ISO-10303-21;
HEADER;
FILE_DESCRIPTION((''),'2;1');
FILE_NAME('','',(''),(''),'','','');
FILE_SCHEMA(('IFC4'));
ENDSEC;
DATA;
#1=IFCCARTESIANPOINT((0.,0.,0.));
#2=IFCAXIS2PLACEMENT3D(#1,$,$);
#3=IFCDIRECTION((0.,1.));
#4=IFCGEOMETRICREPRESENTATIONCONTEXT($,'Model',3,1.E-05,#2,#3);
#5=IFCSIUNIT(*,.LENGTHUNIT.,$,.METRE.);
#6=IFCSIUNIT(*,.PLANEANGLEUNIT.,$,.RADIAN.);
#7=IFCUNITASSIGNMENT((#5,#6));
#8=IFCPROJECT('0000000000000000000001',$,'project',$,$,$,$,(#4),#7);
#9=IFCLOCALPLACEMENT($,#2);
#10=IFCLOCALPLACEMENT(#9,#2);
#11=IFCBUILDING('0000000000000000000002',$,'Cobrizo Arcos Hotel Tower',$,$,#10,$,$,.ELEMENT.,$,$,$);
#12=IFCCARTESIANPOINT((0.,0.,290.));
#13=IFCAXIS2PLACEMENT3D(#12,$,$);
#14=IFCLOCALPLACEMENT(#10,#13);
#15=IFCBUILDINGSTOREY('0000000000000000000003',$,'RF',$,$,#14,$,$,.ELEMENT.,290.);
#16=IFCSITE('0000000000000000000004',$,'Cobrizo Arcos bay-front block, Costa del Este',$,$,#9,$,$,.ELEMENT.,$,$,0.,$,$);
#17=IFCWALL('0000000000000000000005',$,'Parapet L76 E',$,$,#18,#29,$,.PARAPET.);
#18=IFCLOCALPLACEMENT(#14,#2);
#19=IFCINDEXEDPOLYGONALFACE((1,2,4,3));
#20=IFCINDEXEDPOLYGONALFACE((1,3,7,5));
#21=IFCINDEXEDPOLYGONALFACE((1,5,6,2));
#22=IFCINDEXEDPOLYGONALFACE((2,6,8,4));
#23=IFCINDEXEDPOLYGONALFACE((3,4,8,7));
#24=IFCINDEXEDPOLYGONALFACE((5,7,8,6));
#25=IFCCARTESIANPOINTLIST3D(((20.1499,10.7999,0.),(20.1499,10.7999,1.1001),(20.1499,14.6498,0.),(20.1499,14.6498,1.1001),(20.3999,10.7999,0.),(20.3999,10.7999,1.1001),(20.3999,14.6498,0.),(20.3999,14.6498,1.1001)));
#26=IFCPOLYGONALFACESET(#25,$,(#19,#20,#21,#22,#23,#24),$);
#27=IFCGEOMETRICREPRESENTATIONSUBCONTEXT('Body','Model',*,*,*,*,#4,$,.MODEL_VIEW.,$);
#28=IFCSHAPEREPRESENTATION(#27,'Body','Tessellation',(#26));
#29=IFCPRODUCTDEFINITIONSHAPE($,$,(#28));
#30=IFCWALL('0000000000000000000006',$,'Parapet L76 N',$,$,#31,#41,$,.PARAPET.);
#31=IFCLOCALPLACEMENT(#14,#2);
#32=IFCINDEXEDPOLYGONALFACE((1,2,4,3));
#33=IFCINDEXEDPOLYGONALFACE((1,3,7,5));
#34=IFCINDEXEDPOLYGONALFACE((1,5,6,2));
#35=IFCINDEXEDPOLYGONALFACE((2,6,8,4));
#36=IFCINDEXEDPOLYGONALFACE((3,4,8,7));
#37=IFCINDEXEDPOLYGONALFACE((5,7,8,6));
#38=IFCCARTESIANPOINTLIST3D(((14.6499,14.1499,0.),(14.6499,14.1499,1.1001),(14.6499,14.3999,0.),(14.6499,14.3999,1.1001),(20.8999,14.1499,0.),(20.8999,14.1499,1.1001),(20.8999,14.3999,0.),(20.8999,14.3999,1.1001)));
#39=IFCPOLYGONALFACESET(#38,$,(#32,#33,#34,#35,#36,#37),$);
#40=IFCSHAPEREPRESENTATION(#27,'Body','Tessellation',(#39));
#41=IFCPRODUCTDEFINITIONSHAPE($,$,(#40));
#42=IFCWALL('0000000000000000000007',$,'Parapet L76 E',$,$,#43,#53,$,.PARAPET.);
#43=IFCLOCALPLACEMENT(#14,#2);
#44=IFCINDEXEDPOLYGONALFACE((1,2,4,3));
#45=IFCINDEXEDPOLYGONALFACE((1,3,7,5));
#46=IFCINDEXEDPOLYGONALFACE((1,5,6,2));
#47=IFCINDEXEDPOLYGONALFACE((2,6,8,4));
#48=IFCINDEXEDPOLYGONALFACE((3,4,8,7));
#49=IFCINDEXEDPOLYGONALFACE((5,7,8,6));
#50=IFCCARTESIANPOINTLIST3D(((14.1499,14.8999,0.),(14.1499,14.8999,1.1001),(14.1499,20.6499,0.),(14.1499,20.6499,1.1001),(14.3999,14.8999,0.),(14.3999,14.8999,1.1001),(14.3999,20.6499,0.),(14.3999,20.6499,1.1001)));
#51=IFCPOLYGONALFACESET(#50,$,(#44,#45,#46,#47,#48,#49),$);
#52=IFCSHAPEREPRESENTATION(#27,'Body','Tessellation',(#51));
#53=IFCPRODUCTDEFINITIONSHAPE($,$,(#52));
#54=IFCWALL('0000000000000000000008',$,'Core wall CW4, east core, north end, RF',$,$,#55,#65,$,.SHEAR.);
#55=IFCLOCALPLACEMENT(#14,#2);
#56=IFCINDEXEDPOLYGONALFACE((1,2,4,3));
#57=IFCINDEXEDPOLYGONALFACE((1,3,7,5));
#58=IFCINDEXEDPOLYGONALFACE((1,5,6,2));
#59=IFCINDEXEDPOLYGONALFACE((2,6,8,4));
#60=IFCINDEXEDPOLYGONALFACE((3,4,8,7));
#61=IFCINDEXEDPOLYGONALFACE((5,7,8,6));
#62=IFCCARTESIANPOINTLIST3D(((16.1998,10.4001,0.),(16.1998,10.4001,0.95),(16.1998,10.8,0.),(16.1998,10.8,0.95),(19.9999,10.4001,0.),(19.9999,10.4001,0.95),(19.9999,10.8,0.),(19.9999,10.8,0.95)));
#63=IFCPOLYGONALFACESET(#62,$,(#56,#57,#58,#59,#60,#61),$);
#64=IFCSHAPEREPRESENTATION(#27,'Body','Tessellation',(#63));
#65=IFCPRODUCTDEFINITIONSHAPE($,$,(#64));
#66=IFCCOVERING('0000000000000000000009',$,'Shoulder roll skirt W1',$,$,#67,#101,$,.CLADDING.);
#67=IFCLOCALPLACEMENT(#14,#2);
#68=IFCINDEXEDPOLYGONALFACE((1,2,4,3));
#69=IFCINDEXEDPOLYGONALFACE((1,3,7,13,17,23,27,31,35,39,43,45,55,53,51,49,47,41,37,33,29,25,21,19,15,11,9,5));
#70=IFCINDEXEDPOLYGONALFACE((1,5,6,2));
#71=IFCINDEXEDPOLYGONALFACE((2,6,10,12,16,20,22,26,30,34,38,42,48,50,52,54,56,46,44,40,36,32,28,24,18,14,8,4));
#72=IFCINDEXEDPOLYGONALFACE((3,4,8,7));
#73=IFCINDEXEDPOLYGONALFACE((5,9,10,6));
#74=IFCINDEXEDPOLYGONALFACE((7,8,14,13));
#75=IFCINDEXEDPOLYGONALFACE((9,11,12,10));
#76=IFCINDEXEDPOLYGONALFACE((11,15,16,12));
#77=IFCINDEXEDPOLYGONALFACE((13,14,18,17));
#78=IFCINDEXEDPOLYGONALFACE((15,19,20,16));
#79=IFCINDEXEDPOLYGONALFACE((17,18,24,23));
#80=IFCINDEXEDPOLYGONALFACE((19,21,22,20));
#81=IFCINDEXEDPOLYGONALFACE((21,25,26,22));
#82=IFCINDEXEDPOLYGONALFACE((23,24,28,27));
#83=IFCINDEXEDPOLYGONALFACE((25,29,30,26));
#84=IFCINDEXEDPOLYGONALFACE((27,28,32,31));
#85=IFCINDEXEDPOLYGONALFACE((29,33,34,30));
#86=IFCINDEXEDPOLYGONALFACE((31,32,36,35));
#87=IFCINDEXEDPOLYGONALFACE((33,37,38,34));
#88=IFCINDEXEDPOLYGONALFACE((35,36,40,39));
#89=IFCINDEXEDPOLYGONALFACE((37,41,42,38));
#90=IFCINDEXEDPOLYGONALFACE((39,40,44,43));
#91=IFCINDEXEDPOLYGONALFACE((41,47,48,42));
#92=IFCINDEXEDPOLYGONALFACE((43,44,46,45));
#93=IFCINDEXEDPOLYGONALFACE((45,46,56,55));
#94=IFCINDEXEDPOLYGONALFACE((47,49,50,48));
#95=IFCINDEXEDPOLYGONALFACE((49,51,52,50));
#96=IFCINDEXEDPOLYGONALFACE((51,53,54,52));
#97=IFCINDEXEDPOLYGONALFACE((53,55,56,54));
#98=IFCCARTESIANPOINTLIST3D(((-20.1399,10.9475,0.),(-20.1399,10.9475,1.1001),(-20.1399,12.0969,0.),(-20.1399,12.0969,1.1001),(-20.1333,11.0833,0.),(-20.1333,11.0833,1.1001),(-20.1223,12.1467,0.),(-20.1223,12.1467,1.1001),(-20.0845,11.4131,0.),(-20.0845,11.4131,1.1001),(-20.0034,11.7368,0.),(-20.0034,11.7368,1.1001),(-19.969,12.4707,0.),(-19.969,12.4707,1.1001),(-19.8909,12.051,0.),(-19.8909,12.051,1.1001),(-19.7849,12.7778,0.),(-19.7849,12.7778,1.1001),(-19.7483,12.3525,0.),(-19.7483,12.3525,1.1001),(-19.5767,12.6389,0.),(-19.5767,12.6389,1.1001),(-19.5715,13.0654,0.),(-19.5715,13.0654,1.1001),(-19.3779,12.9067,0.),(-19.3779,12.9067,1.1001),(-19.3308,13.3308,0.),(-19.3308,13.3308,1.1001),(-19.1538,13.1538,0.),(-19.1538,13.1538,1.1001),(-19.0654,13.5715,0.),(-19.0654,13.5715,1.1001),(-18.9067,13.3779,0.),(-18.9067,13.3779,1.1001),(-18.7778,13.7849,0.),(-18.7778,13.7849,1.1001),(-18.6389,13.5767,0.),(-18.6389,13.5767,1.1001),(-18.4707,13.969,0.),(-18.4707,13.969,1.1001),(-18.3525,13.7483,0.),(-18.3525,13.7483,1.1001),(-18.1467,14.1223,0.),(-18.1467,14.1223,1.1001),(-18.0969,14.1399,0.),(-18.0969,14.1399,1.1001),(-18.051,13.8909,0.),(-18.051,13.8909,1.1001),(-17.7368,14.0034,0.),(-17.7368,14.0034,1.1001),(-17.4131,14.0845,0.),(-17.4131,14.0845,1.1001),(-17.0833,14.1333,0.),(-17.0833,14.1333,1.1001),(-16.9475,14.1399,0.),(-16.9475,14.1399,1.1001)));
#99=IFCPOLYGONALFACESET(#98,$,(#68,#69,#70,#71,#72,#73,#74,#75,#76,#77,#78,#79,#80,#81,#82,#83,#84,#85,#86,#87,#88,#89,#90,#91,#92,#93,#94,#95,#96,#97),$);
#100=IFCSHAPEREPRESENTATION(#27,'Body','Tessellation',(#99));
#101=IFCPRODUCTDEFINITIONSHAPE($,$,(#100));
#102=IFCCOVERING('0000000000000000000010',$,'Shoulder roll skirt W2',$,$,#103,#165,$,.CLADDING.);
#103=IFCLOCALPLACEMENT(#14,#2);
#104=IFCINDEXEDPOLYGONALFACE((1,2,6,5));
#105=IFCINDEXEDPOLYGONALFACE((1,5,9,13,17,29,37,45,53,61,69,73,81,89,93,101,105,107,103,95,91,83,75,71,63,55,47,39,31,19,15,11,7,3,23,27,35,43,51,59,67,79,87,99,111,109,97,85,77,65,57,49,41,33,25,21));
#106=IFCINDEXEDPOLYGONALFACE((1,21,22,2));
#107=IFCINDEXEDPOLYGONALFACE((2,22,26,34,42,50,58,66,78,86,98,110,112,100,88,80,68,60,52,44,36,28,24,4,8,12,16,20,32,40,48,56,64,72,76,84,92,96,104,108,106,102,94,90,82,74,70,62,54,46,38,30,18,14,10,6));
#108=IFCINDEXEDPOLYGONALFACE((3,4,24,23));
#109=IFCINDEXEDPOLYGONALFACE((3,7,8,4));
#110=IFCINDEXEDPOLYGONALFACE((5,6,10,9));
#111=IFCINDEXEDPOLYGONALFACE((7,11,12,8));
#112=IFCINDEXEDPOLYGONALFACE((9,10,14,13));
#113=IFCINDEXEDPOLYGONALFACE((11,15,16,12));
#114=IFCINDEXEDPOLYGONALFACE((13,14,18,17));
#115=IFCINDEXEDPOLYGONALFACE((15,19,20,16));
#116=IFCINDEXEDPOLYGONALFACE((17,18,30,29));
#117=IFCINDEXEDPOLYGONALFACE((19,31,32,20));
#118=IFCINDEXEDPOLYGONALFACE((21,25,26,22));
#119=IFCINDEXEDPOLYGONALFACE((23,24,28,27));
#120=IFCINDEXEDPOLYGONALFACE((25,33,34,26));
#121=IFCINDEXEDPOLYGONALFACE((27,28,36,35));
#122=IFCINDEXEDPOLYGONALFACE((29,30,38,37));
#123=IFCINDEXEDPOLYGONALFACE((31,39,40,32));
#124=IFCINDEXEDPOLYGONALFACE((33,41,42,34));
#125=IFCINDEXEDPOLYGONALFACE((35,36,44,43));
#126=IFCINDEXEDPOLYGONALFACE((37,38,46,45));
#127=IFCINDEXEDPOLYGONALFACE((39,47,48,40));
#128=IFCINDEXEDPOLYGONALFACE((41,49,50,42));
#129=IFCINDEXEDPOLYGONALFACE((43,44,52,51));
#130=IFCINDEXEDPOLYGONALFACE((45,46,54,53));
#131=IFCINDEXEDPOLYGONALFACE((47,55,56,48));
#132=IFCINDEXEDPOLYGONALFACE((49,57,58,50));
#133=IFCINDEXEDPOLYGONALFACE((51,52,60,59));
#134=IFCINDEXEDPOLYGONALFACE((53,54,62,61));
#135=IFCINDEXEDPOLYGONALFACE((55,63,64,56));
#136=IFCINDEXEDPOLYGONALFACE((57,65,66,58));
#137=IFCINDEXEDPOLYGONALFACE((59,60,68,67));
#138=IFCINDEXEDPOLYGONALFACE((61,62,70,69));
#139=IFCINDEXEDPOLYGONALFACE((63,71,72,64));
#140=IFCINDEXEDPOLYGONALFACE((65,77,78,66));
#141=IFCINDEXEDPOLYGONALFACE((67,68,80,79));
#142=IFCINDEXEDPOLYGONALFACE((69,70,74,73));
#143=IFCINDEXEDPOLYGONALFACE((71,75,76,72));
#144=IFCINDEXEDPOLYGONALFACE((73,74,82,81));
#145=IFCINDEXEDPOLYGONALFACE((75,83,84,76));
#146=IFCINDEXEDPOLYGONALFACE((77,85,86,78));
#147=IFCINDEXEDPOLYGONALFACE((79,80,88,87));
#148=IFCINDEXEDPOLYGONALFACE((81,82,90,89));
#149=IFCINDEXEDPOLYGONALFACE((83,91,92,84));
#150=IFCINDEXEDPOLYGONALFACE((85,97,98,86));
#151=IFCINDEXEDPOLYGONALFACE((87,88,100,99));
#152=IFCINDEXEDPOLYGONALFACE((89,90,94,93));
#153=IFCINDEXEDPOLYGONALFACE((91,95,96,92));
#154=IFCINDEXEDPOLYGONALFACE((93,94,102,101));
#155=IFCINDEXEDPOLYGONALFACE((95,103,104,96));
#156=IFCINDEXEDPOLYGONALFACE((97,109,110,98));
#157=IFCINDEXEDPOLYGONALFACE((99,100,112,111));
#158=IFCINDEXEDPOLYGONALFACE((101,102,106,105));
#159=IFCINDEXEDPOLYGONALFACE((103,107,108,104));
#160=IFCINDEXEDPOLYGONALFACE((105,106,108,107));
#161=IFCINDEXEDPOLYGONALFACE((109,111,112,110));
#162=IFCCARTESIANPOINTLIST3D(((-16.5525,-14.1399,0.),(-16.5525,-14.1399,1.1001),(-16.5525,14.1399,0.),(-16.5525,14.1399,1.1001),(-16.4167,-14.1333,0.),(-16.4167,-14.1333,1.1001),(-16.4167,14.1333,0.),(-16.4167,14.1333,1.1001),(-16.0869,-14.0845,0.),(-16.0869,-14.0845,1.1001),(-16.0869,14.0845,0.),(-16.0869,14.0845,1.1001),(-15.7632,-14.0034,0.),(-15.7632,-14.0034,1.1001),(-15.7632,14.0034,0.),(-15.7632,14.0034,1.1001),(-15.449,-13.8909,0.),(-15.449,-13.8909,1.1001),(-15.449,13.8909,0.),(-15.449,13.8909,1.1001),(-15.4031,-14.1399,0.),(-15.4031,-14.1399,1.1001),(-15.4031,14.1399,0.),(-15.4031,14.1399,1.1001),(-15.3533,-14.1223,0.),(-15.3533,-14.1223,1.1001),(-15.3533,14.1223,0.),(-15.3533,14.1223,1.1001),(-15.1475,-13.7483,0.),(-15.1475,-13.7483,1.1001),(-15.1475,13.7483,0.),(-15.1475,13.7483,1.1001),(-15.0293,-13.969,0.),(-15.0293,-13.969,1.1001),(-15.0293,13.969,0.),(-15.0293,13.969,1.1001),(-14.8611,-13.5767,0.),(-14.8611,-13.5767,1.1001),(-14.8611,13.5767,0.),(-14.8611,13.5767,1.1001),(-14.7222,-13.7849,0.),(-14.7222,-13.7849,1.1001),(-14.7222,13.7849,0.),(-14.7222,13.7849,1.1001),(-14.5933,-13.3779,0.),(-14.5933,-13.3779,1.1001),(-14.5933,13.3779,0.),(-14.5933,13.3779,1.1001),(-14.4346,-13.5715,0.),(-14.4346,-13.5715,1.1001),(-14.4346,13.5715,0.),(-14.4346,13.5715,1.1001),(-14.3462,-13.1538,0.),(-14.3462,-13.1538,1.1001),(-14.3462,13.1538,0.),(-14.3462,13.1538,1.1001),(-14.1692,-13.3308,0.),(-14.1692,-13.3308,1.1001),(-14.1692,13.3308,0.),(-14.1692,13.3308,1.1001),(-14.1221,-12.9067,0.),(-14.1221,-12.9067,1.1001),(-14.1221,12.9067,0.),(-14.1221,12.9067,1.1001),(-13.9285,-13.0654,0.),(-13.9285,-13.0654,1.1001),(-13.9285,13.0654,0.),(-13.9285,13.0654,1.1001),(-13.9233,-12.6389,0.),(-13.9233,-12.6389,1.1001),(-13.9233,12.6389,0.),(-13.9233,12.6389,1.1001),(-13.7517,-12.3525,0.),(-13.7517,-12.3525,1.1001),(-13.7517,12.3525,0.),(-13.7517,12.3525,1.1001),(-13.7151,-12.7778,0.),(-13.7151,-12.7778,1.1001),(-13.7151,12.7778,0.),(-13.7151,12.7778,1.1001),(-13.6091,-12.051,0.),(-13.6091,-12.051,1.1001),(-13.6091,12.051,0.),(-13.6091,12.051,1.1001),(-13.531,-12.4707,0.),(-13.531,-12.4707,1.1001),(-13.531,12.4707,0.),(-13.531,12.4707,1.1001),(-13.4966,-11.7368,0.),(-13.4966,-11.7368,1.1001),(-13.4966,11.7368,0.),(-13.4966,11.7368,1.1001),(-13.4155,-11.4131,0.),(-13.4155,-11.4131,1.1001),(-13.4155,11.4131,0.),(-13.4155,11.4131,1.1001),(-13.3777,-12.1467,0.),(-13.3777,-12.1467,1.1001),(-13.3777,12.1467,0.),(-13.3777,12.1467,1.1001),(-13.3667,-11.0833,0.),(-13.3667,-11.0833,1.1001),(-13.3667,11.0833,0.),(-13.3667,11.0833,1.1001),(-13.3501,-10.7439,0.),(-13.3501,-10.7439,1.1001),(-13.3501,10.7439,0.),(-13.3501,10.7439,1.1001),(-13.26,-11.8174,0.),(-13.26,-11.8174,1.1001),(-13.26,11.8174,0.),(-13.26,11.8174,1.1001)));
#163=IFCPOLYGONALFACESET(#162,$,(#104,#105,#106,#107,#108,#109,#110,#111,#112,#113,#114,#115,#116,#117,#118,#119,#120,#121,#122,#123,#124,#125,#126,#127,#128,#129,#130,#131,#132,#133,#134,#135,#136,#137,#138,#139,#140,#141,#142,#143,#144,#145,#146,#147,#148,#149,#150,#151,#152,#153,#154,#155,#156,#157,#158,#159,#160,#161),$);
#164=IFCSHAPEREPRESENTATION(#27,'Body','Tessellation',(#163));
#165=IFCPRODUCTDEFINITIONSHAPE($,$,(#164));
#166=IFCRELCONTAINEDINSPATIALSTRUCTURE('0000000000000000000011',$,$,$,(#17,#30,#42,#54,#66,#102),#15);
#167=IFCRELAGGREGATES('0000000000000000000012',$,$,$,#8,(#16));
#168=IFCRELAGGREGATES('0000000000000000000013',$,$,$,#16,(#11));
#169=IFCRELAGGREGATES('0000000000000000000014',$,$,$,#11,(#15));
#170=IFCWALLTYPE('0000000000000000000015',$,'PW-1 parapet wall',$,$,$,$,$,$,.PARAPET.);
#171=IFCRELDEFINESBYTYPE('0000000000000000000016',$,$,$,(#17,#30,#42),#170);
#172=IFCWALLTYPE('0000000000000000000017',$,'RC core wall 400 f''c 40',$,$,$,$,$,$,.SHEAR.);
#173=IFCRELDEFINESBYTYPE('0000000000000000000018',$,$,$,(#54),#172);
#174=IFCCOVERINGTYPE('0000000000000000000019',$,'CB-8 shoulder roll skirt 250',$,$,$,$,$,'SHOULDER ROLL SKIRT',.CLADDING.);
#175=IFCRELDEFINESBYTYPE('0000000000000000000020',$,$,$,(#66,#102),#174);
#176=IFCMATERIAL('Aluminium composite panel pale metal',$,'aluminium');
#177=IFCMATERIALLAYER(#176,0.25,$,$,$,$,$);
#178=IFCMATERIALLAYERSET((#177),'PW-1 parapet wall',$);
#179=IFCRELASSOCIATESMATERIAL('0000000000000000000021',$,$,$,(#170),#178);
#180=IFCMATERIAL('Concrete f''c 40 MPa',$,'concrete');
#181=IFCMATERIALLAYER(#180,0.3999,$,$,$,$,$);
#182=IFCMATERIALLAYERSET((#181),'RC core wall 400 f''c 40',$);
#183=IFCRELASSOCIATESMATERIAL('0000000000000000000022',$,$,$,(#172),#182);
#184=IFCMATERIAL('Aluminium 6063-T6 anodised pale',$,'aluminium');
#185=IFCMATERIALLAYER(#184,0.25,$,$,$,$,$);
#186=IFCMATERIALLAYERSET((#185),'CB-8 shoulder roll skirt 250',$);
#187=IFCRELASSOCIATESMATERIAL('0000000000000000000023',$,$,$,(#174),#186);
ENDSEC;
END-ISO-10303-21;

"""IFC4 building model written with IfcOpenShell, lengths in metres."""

from ifc_helpers import new_model, si_unit, direction, frame, frame_2d, origin, place, context, subcontext, project, spatial, polyline, rectangle, outline, extrude, material, layer, layer_set, type_object, element, save


model = new_model("IFC4")

# Units and contexts
model_context = context("Model", 3, precision=1e-05, world=origin(), true_north=direction((0.0, 1.0)))
body_context = subcontext(model_context, "Body", "Model", "MODEL_VIEW")
ifc_project = project(units=[si_unit("LENGTHUNIT", "METRE"), si_unit("PLANEANGLEUNIT", "RADIAN")], contexts=[model_context])

# Site, building, storey
site_placement = place(None, origin())
site = spatial("IfcSite", under=ifc_project, at=site_placement, Name="Cobrizo Arcos bay-front block, Costa del Este", CompositionType="ELEMENT", RefElevation=0.0)
building_placement = place(site_placement, origin())
building = spatial("IfcBuilding", under=site, at=building_placement, Name="Cobrizo Arcos Hotel Tower", CompositionType="ELEMENT")
storey_placement = place(building_placement, frame((0.0, 0.0, 290.0)))
storey = spatial("IfcBuildingStorey", under=building, at=storey_placement, Name="RF", CompositionType="ELEMENT", Elevation=290.0)

# Shared definitions
ifc_material_1 = material(Name="Aluminium composite panel pale metal", Category="aluminium")

# Walls
ifc_layer_1 = layer(ifc_material_1, 0.25)
ifc_layer_set_1 = layer_set([ifc_layer_1], Name="PW-1 parapet wall")
wall_type_1 = type_object("IfcWallType", Name="PW-1 parapet wall", PredefinedType="PARAPET", material=ifc_layer_set_1)
wall_1_placement = place(storey_placement, frame((20.2749, 10.8, 0.0), z_axis=(0.0, 0.0, 1.0), x_axis=(0.0, 1.0, 0.0)))
element("IfcWall", 1, at=wall_1_placement, inside=storey, type_object=wall_type_1, Name="Parapet L76 E", PredefinedType="PARAPET", context=body_context, shape_type="SweptSolid", body=[
    extrude(rectangle(XDim=3.8499, YDim=0.25, at=frame_2d((1.9248, 0.0))), origin(), (0.0, 0.0, 1.0), 1.1001),
])
wall_2_placement = place(storey_placement, frame((20.8999, 14.2749, 0.0), z_axis=(0.0, 0.0, 1.0), x_axis=(-1.0, 0.0, 0.0)))
element("IfcWall", 2, at=wall_2_placement, inside=storey, type_object=wall_type_1, Name="Parapet L76 N", PredefinedType="PARAPET", context=body_context, shape_type="SweptSolid", body=[
    extrude(rectangle(XDim=6.25, YDim=0.25, at=frame_2d((3.125, 0.0))), origin(), (0.0, 0.0, 1.0), 1.1001),
])
wall_3_placement = place(storey_placement, frame((14.2749, 14.8999, 0.0), z_axis=(0.0, 0.0, 1.0), x_axis=(0.0, 1.0, 0.0)))
element("IfcWall", 3, at=wall_3_placement, inside=storey, type_object=wall_type_1, Name="Parapet L76 E", PredefinedType="PARAPET", context=body_context, shape_type="SweptSolid", body=[
    extrude(rectangle(XDim=5.75, YDim=0.25, at=frame_2d((2.875, 0.0))), origin(), (0.0, 0.0, 1.0), 1.1001),
])
ifc_material_2 = material(Name="Concrete f'c 40 MPa", Category="concrete")
ifc_layer_2 = layer(ifc_material_2, 0.3999)
ifc_layer_set_2 = layer_set([ifc_layer_2], Name="RC core wall 400 f'c 40")
wall_type_2 = type_object("IfcWallType", Name="RC core wall 400 f'c 40", PredefinedType="SHEAR", material=ifc_layer_set_2)
wall_4_placement = place(storey_placement, frame((16.2, 10.6001, 0.0), z_axis=(0.0, 0.0, 1.0), x_axis=(1.0, 0.0, 0.0)))
element("IfcWall", 4, at=wall_4_placement, inside=storey, type_object=wall_type_2, Name="Core wall CW4, east core, north end, RF", PredefinedType="SHEAR", context=body_context, shape_type="SweptSolid", body=[
    extrude(rectangle(XDim=3.8, YDim=0.3999, at=frame_2d((1.8999, 0.0))), origin(), (0.0, 0.0, 1.0), 0.95),
])

# Coverings
ifc_material_3 = material(Name="Aluminium 6063-T6 anodised pale", Category="aluminium")
ifc_layer_3 = layer(ifc_material_3, 0.25)
ifc_layer_set_3 = layer_set([ifc_layer_3], Name="CB-8 shoulder roll skirt 250")
covering_type = type_object("IfcCoveringType", Name="CB-8 shoulder roll skirt 250", ElementType="SHOULDER ROLL SKIRT", PredefinedType="CLADDING", material=ifc_layer_set_3)
covering_1_placement = place(storey_placement, origin())
element("IfcCovering", 5, at=covering_1_placement, inside=storey, type_object=covering_type, Name="Shoulder roll skirt W1", PredefinedType="CLADDING", context=body_context, shape_type="SweptSolid", body=[
    extrude(outline(polyline([(-20.1223, 12.1467), (-19.969, 12.4707), (-19.7849, 12.7778), (-19.5715, 13.0654), (-19.3308, 13.3308), (-19.0654, 13.5715), (-18.7778, 13.7849), (-18.4707, 13.969), (-18.1467, 14.1223), (-18.0969, 14.1399), (-16.9475, 14.1399), (-17.0833, 14.1333), (-17.4131, 14.0845), (-17.7368, 14.0034), (-18.051, 13.8909), (-18.3525, 13.7483), (-18.6389, 13.5767), (-18.9067, 13.3779), (-19.1538, 13.1538), (-19.3779, 12.9067), (-19.5767, 12.6389), (-19.7483, 12.3525), (-19.8909, 12.051), (-20.0034, 11.7368), (-20.0845, 11.4131), (-20.1333, 11.0833), (-20.1399, 10.9475), (-20.1399, 12.0969), (-20.1223, 12.1467)])), origin(), (0.0, 0.0, 1.0), 1.1001),
])
covering_2_placement = place(storey_placement, origin())
element("IfcCovering", 6, at=covering_2_placement, inside=storey, type_object=covering_type, Name="Shoulder roll skirt W2", PredefinedType="CLADDING", context=body_context, shape_type="SweptSolid", body=[
    extrude(outline(polyline([(-15.3533, 14.1223), (-15.0293, 13.969), (-14.7222, 13.7849), (-14.4346, 13.5715), (-14.1692, 13.3308), (-13.9285, 13.0654), (-13.7151, 12.7778), (-13.531, 12.4707), (-13.3777, 12.1467), (-13.26, 11.8174), (-13.26, -11.8174), (-13.3777, -12.1467), (-13.531, -12.4707), (-13.7151, -12.7778), (-13.9285, -13.0654), (-14.1692, -13.3308), (-14.4346, -13.5715), (-14.7222, -13.7849), (-15.0293, -13.969), (-15.3533, -14.1223), (-15.4031, -14.1399), (-16.5525, -14.1399), (-16.4167, -14.1333), (-16.0869, -14.0845), (-15.7632, -14.0034), (-15.449, -13.8909), (-15.1475, -13.7483), (-14.8611, -13.5767), (-14.5933, -13.3779), (-14.3462, -13.1538), (-14.1221, -12.9067), (-13.9233, -12.6389), (-13.7517, -12.3525), (-13.6091, -12.051), (-13.4966, -11.7368), (-13.4155, -11.4131), (-13.3667, -11.0833), (-13.3501, -10.7439), (-13.3501, 10.7439), (-13.3667, 11.0833), (-13.4155, 11.4131), (-13.4966, 11.7368), (-13.6091, 12.051), (-13.7517, 12.3525), (-13.9233, 12.6389), (-14.1221, 12.9067), (-14.3462, 13.1538), (-14.5933, 13.3779), (-14.8611, 13.5767), (-15.1475, 13.7483), (-15.449, 13.8909), (-15.7632, 14.0034), (-16.0869, 14.0845), (-16.4167, 14.1333), (-16.5525, 14.1399), (-15.4031, 14.1399), (-15.3533, 14.1223)])), origin(), (0.0, 0.0, 1.0), 1.1001),
])

save(model, "model.ifc")
